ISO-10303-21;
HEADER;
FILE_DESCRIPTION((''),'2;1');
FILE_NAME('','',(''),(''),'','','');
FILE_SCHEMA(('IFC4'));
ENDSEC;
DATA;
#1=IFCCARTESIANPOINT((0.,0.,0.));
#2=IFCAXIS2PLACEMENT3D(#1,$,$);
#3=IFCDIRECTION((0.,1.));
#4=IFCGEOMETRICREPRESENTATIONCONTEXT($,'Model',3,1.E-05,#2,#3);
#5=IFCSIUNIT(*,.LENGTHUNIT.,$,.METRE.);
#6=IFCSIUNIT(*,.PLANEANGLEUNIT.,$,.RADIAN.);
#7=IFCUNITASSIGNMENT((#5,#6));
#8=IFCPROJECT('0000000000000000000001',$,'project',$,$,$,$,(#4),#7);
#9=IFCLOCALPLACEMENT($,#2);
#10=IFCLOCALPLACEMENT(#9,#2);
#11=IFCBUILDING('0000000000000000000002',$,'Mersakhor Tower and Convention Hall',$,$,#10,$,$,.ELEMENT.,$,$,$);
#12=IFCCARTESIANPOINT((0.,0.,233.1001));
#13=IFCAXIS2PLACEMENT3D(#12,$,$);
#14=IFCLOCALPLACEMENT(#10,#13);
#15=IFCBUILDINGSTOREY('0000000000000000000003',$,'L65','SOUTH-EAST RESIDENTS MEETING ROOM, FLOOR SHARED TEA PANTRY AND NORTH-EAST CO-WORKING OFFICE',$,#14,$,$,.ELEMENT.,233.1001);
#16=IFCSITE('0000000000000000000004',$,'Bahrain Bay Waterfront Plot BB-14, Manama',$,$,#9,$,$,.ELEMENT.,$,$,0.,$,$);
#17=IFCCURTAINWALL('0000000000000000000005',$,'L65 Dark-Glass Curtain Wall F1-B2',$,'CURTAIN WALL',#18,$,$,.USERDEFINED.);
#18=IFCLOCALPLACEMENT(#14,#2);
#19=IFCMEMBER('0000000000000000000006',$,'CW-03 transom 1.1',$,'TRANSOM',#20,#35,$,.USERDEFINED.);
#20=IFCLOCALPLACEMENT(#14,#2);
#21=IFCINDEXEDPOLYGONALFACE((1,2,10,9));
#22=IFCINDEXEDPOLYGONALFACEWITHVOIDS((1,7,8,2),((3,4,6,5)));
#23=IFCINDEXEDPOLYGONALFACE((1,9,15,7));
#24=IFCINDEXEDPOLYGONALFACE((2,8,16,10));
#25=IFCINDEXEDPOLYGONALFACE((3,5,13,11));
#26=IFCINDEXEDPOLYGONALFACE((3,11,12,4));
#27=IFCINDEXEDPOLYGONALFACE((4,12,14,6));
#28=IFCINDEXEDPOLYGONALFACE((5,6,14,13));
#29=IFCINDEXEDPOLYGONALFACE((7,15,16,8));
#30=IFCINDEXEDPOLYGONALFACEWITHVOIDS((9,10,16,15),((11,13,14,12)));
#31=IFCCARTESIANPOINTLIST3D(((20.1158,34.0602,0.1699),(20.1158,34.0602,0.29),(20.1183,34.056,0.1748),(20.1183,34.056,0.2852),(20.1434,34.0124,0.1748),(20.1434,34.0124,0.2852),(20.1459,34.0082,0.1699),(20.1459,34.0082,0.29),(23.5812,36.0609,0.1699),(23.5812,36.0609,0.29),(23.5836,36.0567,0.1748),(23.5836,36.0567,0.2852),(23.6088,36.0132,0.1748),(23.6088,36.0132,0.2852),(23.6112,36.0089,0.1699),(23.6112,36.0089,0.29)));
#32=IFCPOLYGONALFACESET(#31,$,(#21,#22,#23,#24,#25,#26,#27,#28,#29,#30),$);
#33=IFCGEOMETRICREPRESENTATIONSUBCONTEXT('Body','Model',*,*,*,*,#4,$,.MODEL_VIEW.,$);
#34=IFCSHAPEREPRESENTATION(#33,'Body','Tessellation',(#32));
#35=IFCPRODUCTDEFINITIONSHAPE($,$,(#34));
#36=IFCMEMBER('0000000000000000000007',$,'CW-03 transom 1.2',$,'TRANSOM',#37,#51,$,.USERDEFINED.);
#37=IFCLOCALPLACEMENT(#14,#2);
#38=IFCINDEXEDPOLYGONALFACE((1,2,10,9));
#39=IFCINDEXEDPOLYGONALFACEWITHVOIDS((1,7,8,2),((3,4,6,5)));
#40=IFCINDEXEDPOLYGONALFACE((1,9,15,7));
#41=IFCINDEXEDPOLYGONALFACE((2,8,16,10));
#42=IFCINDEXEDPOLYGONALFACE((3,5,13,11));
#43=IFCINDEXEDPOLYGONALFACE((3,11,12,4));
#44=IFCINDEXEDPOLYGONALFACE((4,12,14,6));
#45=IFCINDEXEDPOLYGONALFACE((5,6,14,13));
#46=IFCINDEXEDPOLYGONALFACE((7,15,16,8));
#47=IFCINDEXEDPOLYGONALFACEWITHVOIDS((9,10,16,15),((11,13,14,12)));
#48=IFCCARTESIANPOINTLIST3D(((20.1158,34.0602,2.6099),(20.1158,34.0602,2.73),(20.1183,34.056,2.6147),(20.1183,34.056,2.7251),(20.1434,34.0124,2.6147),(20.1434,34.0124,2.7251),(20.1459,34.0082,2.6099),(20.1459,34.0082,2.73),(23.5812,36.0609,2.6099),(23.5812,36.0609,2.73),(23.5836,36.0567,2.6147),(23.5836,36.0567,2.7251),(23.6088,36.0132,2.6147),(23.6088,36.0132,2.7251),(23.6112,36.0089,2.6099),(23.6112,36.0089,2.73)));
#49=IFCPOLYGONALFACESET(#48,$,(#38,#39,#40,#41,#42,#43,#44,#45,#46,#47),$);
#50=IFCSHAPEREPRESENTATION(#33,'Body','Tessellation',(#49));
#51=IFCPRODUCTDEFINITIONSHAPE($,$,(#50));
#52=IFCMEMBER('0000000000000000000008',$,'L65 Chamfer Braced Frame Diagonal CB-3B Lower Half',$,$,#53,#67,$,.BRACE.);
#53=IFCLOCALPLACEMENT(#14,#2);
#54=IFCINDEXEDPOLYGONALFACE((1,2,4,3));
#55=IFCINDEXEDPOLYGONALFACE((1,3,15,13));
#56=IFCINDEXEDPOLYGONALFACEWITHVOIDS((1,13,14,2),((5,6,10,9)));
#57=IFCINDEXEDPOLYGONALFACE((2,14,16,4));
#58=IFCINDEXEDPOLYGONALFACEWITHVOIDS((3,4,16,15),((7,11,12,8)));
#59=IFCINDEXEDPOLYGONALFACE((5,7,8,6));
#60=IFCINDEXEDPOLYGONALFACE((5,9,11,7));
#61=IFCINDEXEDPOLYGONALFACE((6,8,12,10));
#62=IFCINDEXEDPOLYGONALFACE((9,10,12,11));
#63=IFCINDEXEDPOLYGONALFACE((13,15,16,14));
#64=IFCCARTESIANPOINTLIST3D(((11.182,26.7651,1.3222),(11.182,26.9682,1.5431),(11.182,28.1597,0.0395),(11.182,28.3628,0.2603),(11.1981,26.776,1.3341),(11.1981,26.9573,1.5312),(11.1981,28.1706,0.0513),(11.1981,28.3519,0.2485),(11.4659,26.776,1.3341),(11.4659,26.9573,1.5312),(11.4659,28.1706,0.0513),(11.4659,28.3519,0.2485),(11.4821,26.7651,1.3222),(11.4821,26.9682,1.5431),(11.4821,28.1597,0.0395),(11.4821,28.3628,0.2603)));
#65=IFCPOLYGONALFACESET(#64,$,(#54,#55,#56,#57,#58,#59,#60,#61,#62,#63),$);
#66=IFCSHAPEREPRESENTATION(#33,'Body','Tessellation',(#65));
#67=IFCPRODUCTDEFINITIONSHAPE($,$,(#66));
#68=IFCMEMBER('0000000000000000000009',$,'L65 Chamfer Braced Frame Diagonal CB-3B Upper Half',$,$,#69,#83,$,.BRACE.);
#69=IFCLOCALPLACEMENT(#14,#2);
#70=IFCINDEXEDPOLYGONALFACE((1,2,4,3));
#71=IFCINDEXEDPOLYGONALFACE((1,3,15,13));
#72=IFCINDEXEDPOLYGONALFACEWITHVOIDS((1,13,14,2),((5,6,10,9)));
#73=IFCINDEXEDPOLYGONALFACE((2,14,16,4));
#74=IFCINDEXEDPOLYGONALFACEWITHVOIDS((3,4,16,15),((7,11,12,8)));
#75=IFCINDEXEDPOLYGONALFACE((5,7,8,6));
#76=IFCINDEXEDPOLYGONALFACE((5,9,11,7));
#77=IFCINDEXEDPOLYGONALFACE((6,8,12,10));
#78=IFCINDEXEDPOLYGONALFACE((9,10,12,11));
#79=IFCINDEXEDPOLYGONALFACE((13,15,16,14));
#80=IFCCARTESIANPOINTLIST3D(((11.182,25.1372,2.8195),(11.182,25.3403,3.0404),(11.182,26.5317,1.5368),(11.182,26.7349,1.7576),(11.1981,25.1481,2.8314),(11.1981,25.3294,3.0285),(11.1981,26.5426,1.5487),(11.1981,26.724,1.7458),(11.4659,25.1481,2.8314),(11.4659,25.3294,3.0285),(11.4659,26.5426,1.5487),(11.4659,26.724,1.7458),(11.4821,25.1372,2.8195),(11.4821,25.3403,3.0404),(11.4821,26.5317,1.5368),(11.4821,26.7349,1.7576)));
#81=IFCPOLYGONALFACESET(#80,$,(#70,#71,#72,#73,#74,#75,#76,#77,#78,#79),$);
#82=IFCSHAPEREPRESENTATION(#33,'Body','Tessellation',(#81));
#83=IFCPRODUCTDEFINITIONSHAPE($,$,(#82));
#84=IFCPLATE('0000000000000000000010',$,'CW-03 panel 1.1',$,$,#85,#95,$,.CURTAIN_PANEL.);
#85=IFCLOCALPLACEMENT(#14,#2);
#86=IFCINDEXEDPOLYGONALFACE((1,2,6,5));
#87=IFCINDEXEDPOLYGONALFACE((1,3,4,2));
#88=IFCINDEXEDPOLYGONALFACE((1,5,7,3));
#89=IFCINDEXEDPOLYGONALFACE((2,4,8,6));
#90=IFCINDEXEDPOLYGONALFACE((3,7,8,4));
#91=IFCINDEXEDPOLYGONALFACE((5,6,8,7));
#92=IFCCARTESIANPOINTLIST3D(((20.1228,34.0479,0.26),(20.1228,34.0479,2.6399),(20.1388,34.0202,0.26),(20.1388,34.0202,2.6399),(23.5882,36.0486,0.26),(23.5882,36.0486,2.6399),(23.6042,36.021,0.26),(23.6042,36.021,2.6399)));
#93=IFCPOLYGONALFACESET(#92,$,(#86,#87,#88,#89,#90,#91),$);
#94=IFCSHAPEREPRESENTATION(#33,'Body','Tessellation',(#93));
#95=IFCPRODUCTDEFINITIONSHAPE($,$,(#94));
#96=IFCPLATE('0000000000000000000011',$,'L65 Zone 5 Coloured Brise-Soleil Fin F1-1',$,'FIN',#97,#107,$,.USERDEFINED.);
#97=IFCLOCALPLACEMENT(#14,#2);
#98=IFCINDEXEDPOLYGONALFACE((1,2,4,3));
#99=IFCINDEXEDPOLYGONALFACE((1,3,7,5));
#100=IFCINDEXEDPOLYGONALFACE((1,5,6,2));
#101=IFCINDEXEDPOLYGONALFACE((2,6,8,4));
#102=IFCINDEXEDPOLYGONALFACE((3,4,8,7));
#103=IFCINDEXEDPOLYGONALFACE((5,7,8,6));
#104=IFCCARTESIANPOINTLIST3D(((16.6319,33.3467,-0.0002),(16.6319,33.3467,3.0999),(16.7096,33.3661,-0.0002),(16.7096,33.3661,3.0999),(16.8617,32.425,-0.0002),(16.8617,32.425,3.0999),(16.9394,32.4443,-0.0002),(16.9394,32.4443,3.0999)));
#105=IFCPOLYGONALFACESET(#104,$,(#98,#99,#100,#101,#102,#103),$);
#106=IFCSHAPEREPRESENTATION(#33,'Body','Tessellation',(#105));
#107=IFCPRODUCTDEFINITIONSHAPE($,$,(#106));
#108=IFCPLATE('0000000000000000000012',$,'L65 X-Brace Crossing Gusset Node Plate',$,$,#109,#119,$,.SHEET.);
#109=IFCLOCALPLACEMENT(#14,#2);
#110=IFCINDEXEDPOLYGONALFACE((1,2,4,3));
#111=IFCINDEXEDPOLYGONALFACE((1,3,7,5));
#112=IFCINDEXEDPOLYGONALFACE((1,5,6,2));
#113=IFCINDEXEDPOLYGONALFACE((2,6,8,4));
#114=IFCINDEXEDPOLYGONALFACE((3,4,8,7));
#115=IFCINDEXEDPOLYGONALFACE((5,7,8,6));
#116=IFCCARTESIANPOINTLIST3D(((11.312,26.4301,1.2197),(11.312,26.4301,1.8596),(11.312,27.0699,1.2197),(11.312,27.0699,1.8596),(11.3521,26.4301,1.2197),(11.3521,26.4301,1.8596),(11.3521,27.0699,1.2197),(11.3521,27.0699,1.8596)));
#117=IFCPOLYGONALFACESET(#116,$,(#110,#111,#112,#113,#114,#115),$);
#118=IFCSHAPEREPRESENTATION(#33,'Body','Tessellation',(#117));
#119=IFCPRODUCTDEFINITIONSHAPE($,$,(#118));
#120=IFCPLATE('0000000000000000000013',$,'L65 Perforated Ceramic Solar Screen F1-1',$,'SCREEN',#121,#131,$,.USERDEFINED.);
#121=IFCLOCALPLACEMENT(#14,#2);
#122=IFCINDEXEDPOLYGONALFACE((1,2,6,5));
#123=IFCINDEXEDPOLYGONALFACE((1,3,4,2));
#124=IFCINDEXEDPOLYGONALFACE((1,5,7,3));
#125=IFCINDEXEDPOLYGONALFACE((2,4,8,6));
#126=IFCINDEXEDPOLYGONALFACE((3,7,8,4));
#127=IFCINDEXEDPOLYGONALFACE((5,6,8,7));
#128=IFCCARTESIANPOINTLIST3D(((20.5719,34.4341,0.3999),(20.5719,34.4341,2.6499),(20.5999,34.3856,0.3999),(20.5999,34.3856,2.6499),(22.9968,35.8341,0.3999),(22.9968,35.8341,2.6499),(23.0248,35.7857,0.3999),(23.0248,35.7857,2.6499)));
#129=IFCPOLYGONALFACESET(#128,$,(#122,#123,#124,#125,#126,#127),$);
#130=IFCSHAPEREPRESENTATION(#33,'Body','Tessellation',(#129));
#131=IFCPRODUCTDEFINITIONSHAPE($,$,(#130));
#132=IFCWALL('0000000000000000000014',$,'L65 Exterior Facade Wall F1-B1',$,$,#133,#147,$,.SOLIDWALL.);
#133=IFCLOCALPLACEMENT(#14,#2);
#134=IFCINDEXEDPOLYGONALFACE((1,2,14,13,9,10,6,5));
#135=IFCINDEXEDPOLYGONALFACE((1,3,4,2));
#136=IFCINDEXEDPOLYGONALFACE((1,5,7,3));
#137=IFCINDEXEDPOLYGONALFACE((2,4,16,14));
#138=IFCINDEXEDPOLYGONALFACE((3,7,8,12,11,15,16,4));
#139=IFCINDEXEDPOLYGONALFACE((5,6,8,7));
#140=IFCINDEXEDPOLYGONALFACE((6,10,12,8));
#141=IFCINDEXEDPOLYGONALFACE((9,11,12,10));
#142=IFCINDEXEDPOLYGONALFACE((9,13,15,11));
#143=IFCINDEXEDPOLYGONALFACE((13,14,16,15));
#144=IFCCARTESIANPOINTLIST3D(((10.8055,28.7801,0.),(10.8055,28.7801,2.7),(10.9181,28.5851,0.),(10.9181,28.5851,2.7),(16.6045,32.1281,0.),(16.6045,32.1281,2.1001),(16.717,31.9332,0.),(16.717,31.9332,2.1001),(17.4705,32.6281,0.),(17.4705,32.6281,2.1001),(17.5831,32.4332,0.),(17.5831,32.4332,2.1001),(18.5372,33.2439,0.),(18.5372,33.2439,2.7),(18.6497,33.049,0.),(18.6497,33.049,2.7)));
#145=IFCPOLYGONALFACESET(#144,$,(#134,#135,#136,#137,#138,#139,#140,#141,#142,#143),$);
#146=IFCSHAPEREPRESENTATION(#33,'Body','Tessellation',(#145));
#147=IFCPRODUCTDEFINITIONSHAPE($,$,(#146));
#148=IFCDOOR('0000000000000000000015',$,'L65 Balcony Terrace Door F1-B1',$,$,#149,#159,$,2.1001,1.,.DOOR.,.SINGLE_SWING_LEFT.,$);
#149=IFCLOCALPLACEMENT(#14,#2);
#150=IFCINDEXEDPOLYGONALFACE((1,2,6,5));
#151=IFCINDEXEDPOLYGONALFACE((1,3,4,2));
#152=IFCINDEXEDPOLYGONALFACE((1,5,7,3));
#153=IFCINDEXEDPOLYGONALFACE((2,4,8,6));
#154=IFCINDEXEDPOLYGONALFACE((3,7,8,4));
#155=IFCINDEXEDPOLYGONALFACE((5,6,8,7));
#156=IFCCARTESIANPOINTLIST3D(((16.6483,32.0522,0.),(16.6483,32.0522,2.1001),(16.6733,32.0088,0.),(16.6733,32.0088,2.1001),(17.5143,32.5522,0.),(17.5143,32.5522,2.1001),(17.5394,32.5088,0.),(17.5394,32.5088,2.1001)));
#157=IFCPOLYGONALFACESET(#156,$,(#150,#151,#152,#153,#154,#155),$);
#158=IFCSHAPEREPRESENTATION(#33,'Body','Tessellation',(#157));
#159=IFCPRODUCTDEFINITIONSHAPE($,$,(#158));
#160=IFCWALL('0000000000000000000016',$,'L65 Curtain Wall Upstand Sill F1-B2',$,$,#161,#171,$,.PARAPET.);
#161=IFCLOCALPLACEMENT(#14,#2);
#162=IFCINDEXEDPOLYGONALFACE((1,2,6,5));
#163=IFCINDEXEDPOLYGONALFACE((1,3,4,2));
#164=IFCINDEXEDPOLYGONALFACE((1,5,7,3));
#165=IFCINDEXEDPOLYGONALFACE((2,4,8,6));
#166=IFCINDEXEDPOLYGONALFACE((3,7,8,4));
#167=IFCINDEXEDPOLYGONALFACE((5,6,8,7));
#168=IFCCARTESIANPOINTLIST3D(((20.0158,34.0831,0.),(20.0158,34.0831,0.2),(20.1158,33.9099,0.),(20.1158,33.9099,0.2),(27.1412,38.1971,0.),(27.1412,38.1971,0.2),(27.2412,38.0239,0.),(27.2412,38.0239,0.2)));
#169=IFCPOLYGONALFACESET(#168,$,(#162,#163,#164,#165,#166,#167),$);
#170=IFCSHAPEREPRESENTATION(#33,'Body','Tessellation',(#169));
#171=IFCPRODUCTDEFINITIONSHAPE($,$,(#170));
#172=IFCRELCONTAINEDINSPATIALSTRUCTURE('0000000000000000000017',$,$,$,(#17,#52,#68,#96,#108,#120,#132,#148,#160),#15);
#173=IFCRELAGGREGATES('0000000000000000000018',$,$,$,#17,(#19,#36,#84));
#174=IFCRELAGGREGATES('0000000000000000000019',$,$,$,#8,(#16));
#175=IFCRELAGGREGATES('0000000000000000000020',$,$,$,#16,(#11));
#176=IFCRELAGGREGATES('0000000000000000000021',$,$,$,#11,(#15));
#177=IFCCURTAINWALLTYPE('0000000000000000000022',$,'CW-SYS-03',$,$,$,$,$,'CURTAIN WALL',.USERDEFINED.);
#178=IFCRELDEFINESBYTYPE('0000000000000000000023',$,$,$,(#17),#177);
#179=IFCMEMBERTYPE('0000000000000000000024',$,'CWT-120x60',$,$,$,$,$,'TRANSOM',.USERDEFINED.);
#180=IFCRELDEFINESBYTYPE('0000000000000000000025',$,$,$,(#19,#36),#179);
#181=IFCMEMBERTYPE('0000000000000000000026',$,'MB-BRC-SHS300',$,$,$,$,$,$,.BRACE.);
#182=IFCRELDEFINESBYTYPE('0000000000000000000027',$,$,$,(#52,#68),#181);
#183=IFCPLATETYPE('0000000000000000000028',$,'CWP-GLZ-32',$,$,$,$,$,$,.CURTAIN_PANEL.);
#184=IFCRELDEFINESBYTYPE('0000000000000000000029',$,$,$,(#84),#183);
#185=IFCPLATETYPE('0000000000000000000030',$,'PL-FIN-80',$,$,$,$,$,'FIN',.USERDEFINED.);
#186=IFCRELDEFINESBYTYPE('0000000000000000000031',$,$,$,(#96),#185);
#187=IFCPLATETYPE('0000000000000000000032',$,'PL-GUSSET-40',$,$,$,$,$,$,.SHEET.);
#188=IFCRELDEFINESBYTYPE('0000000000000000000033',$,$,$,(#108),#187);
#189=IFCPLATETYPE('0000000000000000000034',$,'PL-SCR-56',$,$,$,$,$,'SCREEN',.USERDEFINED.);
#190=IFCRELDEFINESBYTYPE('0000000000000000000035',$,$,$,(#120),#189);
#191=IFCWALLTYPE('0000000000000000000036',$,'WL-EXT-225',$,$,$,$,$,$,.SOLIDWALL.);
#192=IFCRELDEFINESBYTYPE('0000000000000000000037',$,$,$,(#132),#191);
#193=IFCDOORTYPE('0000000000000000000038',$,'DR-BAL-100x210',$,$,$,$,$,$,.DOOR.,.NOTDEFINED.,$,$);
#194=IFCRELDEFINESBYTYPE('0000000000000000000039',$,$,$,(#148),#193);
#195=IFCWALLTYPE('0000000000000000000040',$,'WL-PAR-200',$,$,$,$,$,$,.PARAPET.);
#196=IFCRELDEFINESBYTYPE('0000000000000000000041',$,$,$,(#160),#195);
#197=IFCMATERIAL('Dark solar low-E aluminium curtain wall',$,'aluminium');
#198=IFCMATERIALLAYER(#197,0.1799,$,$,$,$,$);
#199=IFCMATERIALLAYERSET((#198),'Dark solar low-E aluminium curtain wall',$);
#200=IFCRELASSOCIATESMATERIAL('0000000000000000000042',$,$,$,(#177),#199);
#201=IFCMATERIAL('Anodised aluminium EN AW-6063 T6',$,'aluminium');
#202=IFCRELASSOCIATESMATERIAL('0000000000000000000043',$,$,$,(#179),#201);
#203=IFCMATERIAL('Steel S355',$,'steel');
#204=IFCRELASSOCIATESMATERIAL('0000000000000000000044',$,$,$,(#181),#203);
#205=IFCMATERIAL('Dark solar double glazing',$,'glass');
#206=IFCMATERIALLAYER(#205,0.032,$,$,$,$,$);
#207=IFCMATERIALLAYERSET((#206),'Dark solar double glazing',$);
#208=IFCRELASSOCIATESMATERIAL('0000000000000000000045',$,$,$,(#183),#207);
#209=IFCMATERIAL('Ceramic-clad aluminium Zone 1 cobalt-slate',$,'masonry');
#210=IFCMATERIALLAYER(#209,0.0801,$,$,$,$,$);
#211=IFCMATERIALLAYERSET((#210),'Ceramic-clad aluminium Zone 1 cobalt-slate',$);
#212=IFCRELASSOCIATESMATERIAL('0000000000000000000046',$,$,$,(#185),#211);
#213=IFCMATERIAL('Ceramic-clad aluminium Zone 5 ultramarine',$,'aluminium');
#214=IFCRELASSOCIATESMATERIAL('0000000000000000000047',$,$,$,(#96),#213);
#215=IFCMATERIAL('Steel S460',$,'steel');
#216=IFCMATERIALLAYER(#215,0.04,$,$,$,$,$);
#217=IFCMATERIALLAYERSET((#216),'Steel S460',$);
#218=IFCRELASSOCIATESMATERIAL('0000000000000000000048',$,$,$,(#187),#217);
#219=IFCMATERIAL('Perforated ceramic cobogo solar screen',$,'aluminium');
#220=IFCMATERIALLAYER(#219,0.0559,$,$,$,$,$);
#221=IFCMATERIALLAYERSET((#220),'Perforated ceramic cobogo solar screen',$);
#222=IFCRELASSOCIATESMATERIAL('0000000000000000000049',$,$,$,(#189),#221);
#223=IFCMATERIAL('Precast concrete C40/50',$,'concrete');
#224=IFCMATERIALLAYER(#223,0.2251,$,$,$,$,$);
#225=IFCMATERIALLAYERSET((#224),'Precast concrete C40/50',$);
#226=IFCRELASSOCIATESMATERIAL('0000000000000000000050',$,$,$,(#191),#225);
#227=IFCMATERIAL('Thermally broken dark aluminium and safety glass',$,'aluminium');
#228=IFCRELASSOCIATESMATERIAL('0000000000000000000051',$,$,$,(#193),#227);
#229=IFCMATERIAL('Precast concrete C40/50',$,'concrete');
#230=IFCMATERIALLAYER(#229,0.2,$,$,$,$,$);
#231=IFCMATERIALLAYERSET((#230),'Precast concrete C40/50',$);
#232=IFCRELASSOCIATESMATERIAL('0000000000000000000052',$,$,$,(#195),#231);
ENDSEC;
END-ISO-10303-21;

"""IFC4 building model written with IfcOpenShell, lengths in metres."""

from ifc_helpers import new_model, si_unit, direction, frame, frame_2d, origin, origin_2d, place, context, subcontext, project, spatial, rectangle, hollow_rectangle, extrude, material, layer, layer_set, material_profile, profile_set, type_object, element, fill, aggregate, save


model = new_model("IFC4")

# Units and contexts
model_context = context("Model", 3, precision=1e-05, world=origin(), true_north=direction((0.0, 1.0)))
body_context = subcontext(model_context, "Body", "Model", "MODEL_VIEW")
ifc_project = project(units=[si_unit("LENGTHUNIT", "METRE"), si_unit("PLANEANGLEUNIT", "RADIAN")], contexts=[model_context])

# Site, building, storey
site_placement = place(None, origin())
site = spatial("IfcSite", under=ifc_project, at=site_placement, Name="Bahrain Bay Waterfront Plot BB-14, Manama", CompositionType="ELEMENT", RefElevation=0.0)
building_placement = place(site_placement, origin())
building = spatial("IfcBuilding", under=site, at=building_placement, Name="Mersakhor Tower and Convention Hall", CompositionType="ELEMENT")
storey_placement = place(building_placement, frame((0.0, 0.0, 233.1001)))
storey = spatial("IfcBuildingStorey", under=building, at=storey_placement, Name="L65", Description="SOUTH-EAST RESIDENTS MEETING ROOM, FLOOR SHARED TEA PANTRY AND NORTH-EAST CO-WORKING OFFICE", CompositionType="ELEMENT", Elevation=233.1001)

# Curtain wall, members
ifc_material_1 = material(Name="Dark solar low-E aluminium curtain wall", Category="aluminium")
ifc_layer_1 = layer(ifc_material_1, 0.1799)
ifc_layer_set_1 = layer_set([ifc_layer_1], Name="Dark solar low-E aluminium curtain wall")
curtain_wall_type = type_object("IfcCurtainWallType", Name="CW-SYS-03", ElementType="CURTAIN WALL", PredefinedType="USERDEFINED", material=ifc_layer_set_1)
curtain_wall_placement = place(storey_placement, origin())
curtain_wall = element("IfcCurtainWall", 1, at=curtain_wall_placement, inside=storey, type_object=curtain_wall_type, Name="L65 Dark-Glass Curtain Wall F1-B2", ObjectType="CURTAIN WALL", PredefinedType="USERDEFINED")
ifc_material_2 = material(Name="Anodised aluminium EN AW-6063 T6", Category="aluminium")
ifc_material_profile_1 = material_profile(ifc_material_2, hollow_rectangle(XDim=0.0601, YDim=0.1201, WallThickness=0.0049, at=origin_2d()), Name="RHS 120x60x5")
ifc_profile_set_1 = profile_set([ifc_material_profile_1], Name="Anodised aluminium EN AW-6063 T6")
member_type_1 = type_object("IfcMemberType", Name="CWT-120x60", ElementType="TRANSOM", PredefinedType="USERDEFINED", material=ifc_profile_set_1)
member_1_placement = place(storey_placement, frame((20.1309, 34.0342, 0.23), z_axis=(0.866023, 0.500004, 0.0), x_axis=(-0.500004, 0.866023, 0.0)))
member_1 = element("IfcMember", 2, at=member_1_placement, type_object=member_type_1, Name="CW-03 transom 1.1", ObjectType="TRANSOM", PredefinedType="USERDEFINED", context=body_context, shape_type="SweptSolid", body=[
    extrude(hollow_rectangle(XDim=0.0601, YDim=0.1201, WallThickness=0.0049, at=origin_2d()), origin(), (0.0, 0.0, 1.0), 4.0015),
])
member_2_placement = place(storey_placement, frame((20.1309, 34.0342, 2.6699), z_axis=(0.866023, 0.500004, 0.0), x_axis=(-0.500004, 0.866023, 0.0)))
member_2 = element("IfcMember", 3, at=member_2_placement, type_object=member_type_1, Name="CW-03 transom 1.2", ObjectType="TRANSOM", PredefinedType="USERDEFINED", context=body_context, shape_type="SweptSolid", body=[
    extrude(hollow_rectangle(XDim=0.0601, YDim=0.1201, WallThickness=0.0049, at=origin_2d()), origin(), (0.0, 0.0, 1.0), 4.0015),
])

# Members
ifc_material_3 = material(Name="Steel S355", Category="steel")
ifc_material_profile_2 = material_profile(ifc_material_3, hollow_rectangle(XDim=0.3, YDim=0.3, WallThickness=0.0161, at=origin_2d()), Name="SHS 300x300x16")
ifc_profile_set_2 = profile_set([ifc_material_profile_2], Name="Steel S355")
member_type_2 = type_object("IfcMemberType", Name="MB-BRC-SHS300", PredefinedType="BRACE", material=ifc_profile_set_2)
for number, where, z_axis, x_axis, name in (
    (4, (11.332, 28.2612, 0.1499), (0.0, -0.735998, 0.676984), (1.0, 0.0, 0.0), "L65 Chamfer Braced Frame Diagonal CB-3B Lower Half"),
    (5, (11.332, 26.6333, 1.6472), (0.0, -0.735998, 0.676984), (1.0, 0.0, 0.0), "L65 Chamfer Braced Frame Diagonal CB-3B Upper Half"),
):
    element("IfcMember", number, at=place(storey_placement, frame(where, z_axis=z_axis, x_axis=x_axis)), inside=storey, type_object=member_type_2, Name=name, PredefinedType="BRACE", context=body_context, shape_type="SweptSolid", body=[
        extrude(hollow_rectangle(XDim=0.3, YDim=0.3, WallThickness=0.0161, at=origin_2d()), origin(), (0.0, 0.0, 1.0), 1.8948),
    ])

# Plate
ifc_material_4 = material(Name="Dark solar double glazing", Category="glass")
ifc_layer_2 = layer(ifc_material_4, 0.032)
ifc_layer_set_2 = layer_set([ifc_layer_2], Name="Dark solar double glazing")
plate_type_1 = type_object("IfcPlateType", Name="CWP-GLZ-32", PredefinedType="CURTAIN_PANEL", material=ifc_layer_set_2)
plate_1_placement = place(storey_placement, frame((21.8635, 35.0344, 0.26), z_axis=(0.0, 0.0, 1.0), x_axis=(0.866023, 0.500004, 0.0)))
plate_1 = element("IfcPlate", 6, at=plate_1_placement, type_object=plate_type_1, Name="CW-03 panel 1.1", PredefinedType="CURTAIN_PANEL", context=body_context, shape_type="SweptSolid", body=[
    extrude(rectangle(XDim=4.0015, YDim=0.032, at=origin_2d()), origin(), (0.0, 0.0, 1.0), 2.3799),
])
aggregate(curtain_wall, [member_1, member_2, plate_1])

# Plates
ifc_material_5 = material(Name="Ceramic-clad aluminium Zone 5 ultramarine", Category="aluminium")
ifc_material_6 = material(Name="Ceramic-clad aluminium Zone 1 cobalt-slate", Category="masonry")
ifc_layer_3 = layer(ifc_material_6, 0.0801)
ifc_layer_set_3 = layer_set([ifc_layer_3], Name="Ceramic-clad aluminium Zone 1 cobalt-slate")
plate_type_2 = type_object("IfcPlateType", Name="PL-FIN-80", ElementType="FIN", PredefinedType="USERDEFINED", material=ifc_layer_set_3)
plate_2_placement = place(storey_placement, frame((16.7856, 32.8955, -0.0002), z_axis=(0.0, 0.0, 1.0), x_axis=(-0.241922, 0.970296, 0.0)))
element("IfcPlate", 7, at=plate_2_placement, inside=storey, type_object=plate_type_2, material=ifc_material_5, Name="L65 Zone 5 Coloured Brise-Soleil Fin F1-1", ObjectType="FIN", PredefinedType="USERDEFINED", context=body_context, shape_type="SweptSolid", body=[
    extrude(rectangle(XDim=0.95, YDim=0.0801, at=origin_2d()), origin(), (0.0, 0.0, 1.0), 3.1001),
])
ifc_material_7 = material(Name="Steel S460", Category="steel")
ifc_layer_4 = layer(ifc_material_7, 0.04)
ifc_layer_set_4 = layer_set([ifc_layer_4], Name="Steel S460")
plate_type_3 = type_object("IfcPlateType", Name="PL-GUSSET-40", PredefinedType="SHEET", material=ifc_layer_set_4)
plate_3_placement = place(storey_placement, frame((11.332, 26.75, 1.2197), z_axis=(0.0, 0.0, 1.0), x_axis=(0.0, -1.0, 0.0)))
element("IfcPlate", 8, at=plate_3_placement, inside=storey, type_object=plate_type_3, Name="L65 X-Brace Crossing Gusset Node Plate", PredefinedType="SHEET", context=body_context, shape_type="SweptSolid", body=[
    extrude(rectangle(XDim=0.6399, YDim=0.04, at=origin_2d()), origin(), (0.0, 0.0, 1.0), 0.6399),
])
ifc_material_8 = material(Name="Perforated ceramic cobogo solar screen", Category="aluminium")
ifc_layer_5 = layer(ifc_material_8, 0.0559)
ifc_layer_set_5 = layer_set([ifc_layer_5], Name="Perforated ceramic cobogo solar screen")
plate_type_4 = type_object("IfcPlateType", Name="PL-SCR-56", ElementType="SCREEN", PredefinedType="USERDEFINED", material=ifc_layer_set_5)
plate_4_placement = place(storey_placement, frame((21.7983, 35.1099, 0.3999), z_axis=(0.0, 0.0, 1.0), x_axis=(0.866025, 0.5, 0.0)))
element("IfcPlate", 9, at=plate_4_placement, inside=storey, type_object=plate_type_4, Name="L65 Perforated Ceramic Solar Screen F1-1", ObjectType="SCREEN", PredefinedType="USERDEFINED", context=body_context, shape_type="SweptSolid", body=[
    extrude(rectangle(XDim=2.8, YDim=0.0559, at=origin_2d()), origin(), (0.0, 0.0, 1.0), 2.25),
])

# Wall, opening, door
ifc_material_9 = material(Name="Precast concrete C40/50", Category="concrete")
ifc_layer_6 = layer(ifc_material_9, 0.2251)
ifc_layer_set_6 = layer_set([ifc_layer_6], Name="Precast concrete C40/50")
wall_type_1 = type_object("IfcWallType", Name="WL-EXT-225", PredefinedType="SOLIDWALL", material=ifc_layer_set_6)
wall_1_placement = place(storey_placement, frame((10.8618, 28.6826, 0.0), z_axis=(0.0, 0.0, 1.0), x_axis=(0.866027, 0.499998, 0.0)))
wall_1 = element("IfcWall", 10, at=wall_1_placement, inside=storey, type_object=wall_type_1, Name="L65 Exterior Facade Wall F1-B1", PredefinedType="SOLIDWALL", context=body_context, shape_type="SweptSolid", body=[
    extrude(rectangle(XDim=8.9277, YDim=0.2251, at=frame_2d((4.4639, 0.0))), origin(), (0.0, 0.0, 1.0), 2.7),
])
opening_1_placement = place(wall_1_placement, frame((6.696, 0.0, 0.0)))
opening_1 = element("IfcOpeningElement", 11, at=opening_1_placement, cuts=wall_1, PredefinedType="OPENING", context=body_context, shape_type="SweptSolid", body=[
    extrude(rectangle(XDim=1.0, YDim=2.1001, at=frame_2d((0.5, 1.05))), frame((0.0, 0.1226, 0.0), z_axis=(0.0, -1.0, 0.0), x_axis=(1.0, 0.0, 0.0)), (0.0, 0.0, 1.0), 0.2451),
])
ifc_material_10 = material(Name="Thermally broken dark aluminium and safety glass", Category="aluminium")
door_type_1 = type_object("IfcDoorType", Name="DR-BAL-100x210", OperationType="NOTDEFINED", PredefinedType="DOOR", material=ifc_material_10)
door_1_placement = place(opening_1_placement, origin())
door_1 = element("IfcDoor", 12, at=door_1_placement, inside=storey, type_object=door_type_1, Name="L65 Balcony Terrace Door F1-B1", OperationType="SINGLE_SWING_LEFT", OverallHeight=2.1001, OverallWidth=1.0, PredefinedType="DOOR", context=body_context, shape_type="SweptSolid", body=[
    extrude(rectangle(XDim=1.0, YDim=2.1001, at=frame_2d((0.5, 1.05))), frame((0.0, 0.0249, 0.0), z_axis=(0.0, -1.0, 0.0), x_axis=(1.0, 0.0, 0.0)), (0.0, 0.0, 1.0), 0.05),
])
fill(opening_1, door_1)

# Wall
ifc_material_11 = material(Name="Precast concrete C40/50", Category="concrete")
ifc_layer_7 = layer(ifc_material_11, 0.2)
ifc_layer_set_7 = layer_set([ifc_layer_7], Name="Precast concrete C40/50")
wall_type_2 = type_object("IfcWallType", Name="WL-PAR-200", PredefinedType="PARAPET", material=ifc_layer_set_7)
wall_2_placement = place(storey_placement, frame((20.0659, 33.9966, 0.0), z_axis=(0.0, 0.0, 1.0), x_axis=(0.86602, 0.50001, 0.0)))
element("IfcWall", 13, at=wall_2_placement, inside=storey, type_object=wall_type_2, Name="L65 Curtain Wall Upstand Sill F1-B2", PredefinedType="PARAPET", context=body_context, shape_type="SweptSolid", body=[
    extrude(rectangle(XDim=8.2278, YDim=0.2, at=frame_2d((4.1138, 0.0))), origin(), (0.0, 0.0, 1.0), 0.2),
])

save(model, "model.ifc")
